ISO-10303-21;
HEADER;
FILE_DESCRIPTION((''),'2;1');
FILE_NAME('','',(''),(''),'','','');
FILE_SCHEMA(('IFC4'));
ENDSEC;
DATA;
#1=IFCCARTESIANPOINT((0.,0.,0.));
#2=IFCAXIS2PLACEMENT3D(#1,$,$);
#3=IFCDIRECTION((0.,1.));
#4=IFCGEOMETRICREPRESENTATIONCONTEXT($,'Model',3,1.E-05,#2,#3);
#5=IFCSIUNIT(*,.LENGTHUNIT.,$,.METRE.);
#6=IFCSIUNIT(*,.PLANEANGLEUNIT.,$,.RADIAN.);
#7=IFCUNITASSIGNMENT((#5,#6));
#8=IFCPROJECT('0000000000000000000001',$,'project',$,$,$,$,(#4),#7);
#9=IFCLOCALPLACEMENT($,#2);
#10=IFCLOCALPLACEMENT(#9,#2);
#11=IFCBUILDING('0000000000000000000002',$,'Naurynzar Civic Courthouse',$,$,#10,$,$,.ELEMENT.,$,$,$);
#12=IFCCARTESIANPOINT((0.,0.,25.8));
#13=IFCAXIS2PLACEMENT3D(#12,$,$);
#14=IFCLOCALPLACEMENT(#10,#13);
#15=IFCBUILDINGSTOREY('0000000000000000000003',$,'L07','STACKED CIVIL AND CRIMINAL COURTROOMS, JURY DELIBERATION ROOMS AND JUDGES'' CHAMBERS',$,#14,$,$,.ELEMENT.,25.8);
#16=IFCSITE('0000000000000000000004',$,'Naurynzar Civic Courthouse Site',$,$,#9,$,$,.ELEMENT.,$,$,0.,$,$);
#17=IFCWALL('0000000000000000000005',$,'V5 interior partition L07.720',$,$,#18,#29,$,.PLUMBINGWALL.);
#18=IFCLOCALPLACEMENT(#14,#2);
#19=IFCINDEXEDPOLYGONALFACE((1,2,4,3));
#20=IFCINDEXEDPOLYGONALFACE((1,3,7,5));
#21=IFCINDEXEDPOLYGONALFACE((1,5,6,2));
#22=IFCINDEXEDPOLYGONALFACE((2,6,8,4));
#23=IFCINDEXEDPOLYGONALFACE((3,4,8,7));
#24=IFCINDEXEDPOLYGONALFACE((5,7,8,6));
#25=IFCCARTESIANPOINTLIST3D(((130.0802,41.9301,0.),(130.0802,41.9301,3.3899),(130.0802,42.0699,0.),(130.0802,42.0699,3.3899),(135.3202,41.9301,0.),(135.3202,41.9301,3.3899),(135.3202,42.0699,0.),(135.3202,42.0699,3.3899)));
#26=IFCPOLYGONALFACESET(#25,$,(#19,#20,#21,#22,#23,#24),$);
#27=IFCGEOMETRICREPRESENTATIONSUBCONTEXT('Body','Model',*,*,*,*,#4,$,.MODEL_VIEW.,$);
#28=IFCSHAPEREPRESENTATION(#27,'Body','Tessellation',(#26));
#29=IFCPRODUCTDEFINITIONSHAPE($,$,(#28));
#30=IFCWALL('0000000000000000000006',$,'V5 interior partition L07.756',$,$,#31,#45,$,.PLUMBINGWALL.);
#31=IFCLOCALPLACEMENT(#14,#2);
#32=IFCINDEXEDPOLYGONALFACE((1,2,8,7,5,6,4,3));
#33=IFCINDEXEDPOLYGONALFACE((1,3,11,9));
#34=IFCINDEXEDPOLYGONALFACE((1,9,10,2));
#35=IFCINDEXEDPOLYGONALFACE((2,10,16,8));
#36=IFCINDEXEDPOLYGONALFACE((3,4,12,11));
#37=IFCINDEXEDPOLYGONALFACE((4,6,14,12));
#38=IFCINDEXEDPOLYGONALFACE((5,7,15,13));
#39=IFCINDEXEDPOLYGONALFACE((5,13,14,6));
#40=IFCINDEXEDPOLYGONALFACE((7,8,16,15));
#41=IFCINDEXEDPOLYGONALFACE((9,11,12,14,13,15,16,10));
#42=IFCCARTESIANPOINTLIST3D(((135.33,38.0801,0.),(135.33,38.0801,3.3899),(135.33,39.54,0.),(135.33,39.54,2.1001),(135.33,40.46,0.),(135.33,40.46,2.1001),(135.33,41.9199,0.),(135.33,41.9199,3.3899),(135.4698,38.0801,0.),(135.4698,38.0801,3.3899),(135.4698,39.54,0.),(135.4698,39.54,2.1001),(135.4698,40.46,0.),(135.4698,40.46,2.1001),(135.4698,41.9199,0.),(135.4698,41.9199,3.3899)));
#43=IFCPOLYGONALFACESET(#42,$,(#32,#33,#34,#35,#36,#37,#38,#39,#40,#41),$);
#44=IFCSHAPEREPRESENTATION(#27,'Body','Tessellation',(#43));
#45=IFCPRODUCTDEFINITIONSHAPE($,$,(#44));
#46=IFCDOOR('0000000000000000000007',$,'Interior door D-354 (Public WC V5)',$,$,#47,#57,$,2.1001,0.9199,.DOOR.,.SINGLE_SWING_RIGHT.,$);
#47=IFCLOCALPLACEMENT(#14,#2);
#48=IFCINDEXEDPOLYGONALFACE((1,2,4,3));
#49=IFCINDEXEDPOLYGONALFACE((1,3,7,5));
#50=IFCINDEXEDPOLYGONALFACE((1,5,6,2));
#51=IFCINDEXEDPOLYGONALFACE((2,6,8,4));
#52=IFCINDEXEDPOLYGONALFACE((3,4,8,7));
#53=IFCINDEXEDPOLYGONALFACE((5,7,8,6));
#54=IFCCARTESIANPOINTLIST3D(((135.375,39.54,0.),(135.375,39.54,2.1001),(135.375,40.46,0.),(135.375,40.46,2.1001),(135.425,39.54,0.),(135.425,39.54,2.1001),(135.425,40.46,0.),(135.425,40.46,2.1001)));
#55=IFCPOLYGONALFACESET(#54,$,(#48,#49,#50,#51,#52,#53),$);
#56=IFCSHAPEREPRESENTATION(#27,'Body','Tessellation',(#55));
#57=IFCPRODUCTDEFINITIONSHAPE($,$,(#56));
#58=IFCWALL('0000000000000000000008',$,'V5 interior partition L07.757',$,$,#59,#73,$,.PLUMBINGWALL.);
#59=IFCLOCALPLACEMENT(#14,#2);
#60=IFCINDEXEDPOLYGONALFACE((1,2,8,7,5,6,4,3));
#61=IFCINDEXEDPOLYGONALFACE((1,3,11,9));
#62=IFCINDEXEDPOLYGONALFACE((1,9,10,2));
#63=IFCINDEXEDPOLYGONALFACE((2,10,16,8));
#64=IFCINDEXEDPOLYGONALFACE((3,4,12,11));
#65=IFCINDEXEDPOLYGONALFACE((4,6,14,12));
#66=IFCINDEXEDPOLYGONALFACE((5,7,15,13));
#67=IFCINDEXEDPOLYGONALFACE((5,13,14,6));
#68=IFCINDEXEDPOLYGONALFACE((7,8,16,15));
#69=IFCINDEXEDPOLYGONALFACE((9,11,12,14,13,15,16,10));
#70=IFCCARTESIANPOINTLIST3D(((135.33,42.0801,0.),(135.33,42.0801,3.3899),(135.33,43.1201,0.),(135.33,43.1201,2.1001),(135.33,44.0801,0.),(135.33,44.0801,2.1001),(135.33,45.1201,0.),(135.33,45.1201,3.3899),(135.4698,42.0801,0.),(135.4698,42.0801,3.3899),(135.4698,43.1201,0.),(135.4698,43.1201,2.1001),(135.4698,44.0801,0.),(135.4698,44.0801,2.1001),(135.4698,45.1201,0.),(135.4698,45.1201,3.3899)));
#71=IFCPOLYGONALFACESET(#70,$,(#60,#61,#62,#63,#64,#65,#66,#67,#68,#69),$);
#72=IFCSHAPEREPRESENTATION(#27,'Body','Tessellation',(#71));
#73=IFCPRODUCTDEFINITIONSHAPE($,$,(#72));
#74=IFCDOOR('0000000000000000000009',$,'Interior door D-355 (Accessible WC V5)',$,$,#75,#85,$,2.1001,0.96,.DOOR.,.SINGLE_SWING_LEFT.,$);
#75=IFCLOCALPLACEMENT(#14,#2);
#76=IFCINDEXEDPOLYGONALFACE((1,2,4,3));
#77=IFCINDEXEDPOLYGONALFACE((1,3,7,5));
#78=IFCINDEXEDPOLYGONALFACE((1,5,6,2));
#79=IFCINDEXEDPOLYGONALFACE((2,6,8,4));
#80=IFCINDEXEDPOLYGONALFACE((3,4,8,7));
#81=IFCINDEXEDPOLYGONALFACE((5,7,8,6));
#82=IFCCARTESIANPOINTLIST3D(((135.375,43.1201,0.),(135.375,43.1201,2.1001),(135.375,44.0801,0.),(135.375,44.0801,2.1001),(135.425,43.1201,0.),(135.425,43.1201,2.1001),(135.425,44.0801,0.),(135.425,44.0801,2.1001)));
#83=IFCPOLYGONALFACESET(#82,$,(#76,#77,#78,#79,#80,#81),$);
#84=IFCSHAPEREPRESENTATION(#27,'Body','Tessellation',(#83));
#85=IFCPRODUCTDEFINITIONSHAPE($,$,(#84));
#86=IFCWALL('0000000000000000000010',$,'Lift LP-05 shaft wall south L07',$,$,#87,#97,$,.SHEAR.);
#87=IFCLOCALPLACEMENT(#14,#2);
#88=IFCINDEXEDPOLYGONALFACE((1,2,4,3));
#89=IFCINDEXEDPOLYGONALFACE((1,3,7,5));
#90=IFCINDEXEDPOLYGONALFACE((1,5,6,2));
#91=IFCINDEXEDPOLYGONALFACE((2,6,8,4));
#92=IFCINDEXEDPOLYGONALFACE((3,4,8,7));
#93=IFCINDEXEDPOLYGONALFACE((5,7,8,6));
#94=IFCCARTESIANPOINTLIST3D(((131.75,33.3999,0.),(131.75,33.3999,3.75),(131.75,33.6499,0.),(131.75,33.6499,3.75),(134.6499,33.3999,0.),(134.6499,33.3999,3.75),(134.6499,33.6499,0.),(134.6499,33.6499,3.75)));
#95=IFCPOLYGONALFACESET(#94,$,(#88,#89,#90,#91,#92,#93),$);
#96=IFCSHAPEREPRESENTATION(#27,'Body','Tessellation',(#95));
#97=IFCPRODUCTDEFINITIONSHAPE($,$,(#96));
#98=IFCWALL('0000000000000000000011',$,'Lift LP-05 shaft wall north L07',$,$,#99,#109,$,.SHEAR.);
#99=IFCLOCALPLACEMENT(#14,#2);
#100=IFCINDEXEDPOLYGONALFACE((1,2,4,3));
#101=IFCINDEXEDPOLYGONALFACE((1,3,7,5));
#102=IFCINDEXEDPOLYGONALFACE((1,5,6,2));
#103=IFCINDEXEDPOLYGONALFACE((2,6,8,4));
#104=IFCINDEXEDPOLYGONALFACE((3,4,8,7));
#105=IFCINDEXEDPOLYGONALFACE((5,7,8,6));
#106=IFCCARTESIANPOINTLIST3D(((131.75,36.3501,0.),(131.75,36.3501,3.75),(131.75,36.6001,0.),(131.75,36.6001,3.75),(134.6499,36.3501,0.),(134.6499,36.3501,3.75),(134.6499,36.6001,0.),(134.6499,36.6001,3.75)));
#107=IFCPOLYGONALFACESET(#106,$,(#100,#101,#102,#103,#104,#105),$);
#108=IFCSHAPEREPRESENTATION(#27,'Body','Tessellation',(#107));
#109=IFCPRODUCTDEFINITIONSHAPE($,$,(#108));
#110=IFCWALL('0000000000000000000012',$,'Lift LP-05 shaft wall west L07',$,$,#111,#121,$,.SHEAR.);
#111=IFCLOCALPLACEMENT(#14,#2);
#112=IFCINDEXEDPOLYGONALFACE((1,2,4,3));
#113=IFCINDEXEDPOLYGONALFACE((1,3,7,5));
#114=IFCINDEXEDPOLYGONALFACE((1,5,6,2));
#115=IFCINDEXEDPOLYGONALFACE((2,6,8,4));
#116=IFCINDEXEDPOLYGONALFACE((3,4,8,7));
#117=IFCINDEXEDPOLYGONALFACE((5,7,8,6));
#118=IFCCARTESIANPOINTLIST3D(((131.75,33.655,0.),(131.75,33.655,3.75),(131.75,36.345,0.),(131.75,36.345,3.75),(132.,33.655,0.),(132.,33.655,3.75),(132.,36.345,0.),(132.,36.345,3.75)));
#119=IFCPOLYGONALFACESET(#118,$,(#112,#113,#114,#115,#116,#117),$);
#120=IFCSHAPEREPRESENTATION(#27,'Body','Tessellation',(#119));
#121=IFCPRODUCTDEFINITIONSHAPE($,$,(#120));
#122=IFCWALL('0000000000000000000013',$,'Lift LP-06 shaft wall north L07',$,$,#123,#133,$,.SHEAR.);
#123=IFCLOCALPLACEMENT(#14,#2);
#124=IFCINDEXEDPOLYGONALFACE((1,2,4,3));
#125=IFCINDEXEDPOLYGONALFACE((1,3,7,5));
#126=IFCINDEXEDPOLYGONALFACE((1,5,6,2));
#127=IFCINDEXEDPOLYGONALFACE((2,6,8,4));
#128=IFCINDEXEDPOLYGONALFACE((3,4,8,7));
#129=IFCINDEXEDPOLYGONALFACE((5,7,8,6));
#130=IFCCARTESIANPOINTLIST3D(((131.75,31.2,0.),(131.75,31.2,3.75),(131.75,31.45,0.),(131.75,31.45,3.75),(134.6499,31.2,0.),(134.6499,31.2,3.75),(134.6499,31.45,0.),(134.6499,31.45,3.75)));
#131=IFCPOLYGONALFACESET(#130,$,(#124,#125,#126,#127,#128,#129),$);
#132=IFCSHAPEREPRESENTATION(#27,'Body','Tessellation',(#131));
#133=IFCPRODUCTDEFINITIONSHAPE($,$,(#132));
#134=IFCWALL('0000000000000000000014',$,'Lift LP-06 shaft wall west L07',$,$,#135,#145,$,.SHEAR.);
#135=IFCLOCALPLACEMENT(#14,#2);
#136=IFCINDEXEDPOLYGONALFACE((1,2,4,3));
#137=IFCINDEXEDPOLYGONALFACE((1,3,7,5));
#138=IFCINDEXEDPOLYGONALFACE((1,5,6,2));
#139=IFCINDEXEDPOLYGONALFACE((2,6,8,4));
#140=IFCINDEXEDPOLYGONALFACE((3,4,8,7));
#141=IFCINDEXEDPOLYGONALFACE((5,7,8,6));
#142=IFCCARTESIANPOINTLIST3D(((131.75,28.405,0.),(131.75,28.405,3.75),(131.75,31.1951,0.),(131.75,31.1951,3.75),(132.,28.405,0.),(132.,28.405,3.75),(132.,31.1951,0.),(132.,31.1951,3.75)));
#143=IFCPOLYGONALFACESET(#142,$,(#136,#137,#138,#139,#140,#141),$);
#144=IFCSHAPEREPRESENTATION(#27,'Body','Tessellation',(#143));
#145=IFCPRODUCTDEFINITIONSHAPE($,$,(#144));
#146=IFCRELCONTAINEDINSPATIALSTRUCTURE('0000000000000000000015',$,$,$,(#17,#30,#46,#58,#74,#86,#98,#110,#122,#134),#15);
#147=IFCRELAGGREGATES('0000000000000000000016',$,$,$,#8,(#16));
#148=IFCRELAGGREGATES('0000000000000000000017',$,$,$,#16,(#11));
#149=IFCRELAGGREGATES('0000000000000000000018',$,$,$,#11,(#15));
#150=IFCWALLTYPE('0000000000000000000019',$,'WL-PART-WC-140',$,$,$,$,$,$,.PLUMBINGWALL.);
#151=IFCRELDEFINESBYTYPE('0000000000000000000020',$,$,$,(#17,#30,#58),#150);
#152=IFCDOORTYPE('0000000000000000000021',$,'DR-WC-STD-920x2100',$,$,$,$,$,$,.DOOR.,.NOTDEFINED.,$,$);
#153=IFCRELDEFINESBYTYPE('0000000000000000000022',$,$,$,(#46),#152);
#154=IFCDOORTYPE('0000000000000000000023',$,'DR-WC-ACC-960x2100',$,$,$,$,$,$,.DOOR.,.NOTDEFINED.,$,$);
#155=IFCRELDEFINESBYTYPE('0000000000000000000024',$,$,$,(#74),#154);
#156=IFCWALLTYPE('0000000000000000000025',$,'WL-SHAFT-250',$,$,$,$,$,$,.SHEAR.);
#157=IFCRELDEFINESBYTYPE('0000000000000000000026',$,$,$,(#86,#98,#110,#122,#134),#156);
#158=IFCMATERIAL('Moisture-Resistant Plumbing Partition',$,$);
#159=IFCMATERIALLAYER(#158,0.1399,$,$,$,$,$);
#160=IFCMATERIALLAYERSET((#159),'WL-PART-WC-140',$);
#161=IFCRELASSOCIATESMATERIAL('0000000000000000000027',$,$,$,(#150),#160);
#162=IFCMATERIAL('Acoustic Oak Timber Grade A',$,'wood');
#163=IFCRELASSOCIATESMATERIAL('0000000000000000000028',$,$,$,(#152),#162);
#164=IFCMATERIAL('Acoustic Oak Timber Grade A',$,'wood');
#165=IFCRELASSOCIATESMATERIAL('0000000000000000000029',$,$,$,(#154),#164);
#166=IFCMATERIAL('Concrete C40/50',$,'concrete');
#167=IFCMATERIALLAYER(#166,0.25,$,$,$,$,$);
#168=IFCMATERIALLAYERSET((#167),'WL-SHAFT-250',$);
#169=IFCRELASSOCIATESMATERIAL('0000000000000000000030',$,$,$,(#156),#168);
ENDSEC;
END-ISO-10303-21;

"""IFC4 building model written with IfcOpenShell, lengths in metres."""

from ifc_helpers import new_model, si_unit, direction, frame, frame_2d, origin, place, context, subcontext, project, spatial, rectangle, extrude, material, layer, layer_set, type_object, element, fill, save


model = new_model("IFC4")

# Units and contexts
model_context = context("Model", 3, precision=1e-05, world=origin(), true_north=direction((0.0, 1.0)))
body_context = subcontext(model_context, "Body", "Model", "MODEL_VIEW")
ifc_project = project(units=[si_unit("LENGTHUNIT", "METRE"), si_unit("PLANEANGLEUNIT", "RADIAN")], contexts=[model_context])

# Site, building, storey
site_placement = place(None, origin())
site = spatial("IfcSite", under=ifc_project, at=site_placement, Name="Naurynzar Civic Courthouse Site", CompositionType="ELEMENT", RefElevation=0.0)
building_placement = place(site_placement, origin())
building = spatial("IfcBuilding", under=site, at=building_placement, Name="Naurynzar Civic Courthouse", CompositionType="ELEMENT")
storey_placement = place(building_placement, frame((0.0, 0.0, 25.8)))
storey = spatial("IfcBuildingStorey", under=building, at=storey_placement, Name="L07", Description="STACKED CIVIL AND CRIMINAL COURTROOMS, JURY DELIBERATION ROOMS AND JUDGES' CHAMBERS", CompositionType="ELEMENT", Elevation=25.8)

# Wall
ifc_material_1 = material(Name="Moisture-Resistant Plumbing Partition")
ifc_layer_1 = layer(ifc_material_1, 0.1399)
ifc_layer_set_1 = layer_set([ifc_layer_1], Name="WL-PART-WC-140")
wall_type_1 = type_object("IfcWallType", Name="WL-PART-WC-140", PredefinedType="PLUMBINGWALL", material=ifc_layer_set_1)
wall_1_placement = place(storey_placement, frame((130.0801, 42.0, 0.0), z_axis=(0.0, 0.0, 1.0), x_axis=(1.0, 0.0, 0.0)))
element("IfcWall", 1, at=wall_1_placement, inside=storey, type_object=wall_type_1, Name="V5 interior partition L07.720", PredefinedType="PLUMBINGWALL", context=body_context, shape_type="SweptSolid", body=[
    extrude(rectangle(XDim=5.24, YDim=0.1399, at=frame_2d((2.6201, 0.0))), origin(), (0.0, 0.0, 1.0), 3.3899),
])

# Walls, openings, doors
wall_2_placement = place(storey_placement, frame((135.3999, 38.0801, 0.0), z_axis=(0.0, 0.0, 1.0), x_axis=(0.0, 1.0, 0.0)))
wall_2 = element("IfcWall", 2, at=wall_2_placement, inside=storey, type_object=wall_type_1, Name="V5 interior partition L07.756", PredefinedType="PLUMBINGWALL", context=body_context, shape_type="SweptSolid", body=[
    extrude(rectangle(XDim=3.8398, YDim=0.1399, at=frame_2d((1.9199, 0.0))), origin(), (0.0, 0.0, 1.0), 3.3899),
])
opening_1_placement = place(wall_2_placement, frame((1.46, 0.0, 0.0)))
opening_1 = element("IfcOpeningElement", 3, at=opening_1_placement, cuts=wall_2, PredefinedType="OPENING", context=body_context, shape_type="SweptSolid", body=[
    extrude(rectangle(XDim=0.9199, YDim=2.1001, at=frame_2d((0.46, 1.05))), frame((0.0, 0.0798, 0.0), z_axis=(0.0, -1.0, 0.0), x_axis=(1.0, 0.0, 0.0)), (0.0, 0.0, 1.0), 0.1599),
])
ifc_material_2 = material(Name="Acoustic Oak Timber Grade A", Category="wood")
door_type_1 = type_object("IfcDoorType", Name="DR-WC-STD-920x2100", OperationType="NOTDEFINED", PredefinedType="DOOR", material=ifc_material_2)
door_1_placement = place(opening_1_placement, origin())
door_1 = element("IfcDoor", 4, at=door_1_placement, inside=storey, type_object=door_type_1, Name="Interior door D-354 (Public WC V5)", OperationType="SINGLE_SWING_RIGHT", OverallHeight=2.1001, OverallWidth=0.9199, PredefinedType="DOOR", context=body_context, shape_type="SweptSolid", body=[
    extrude(rectangle(XDim=0.9199, YDim=2.1001, at=frame_2d((0.46, 1.05))), frame((0.0, 0.0249, 0.0), z_axis=(0.0, -1.0, 0.0), x_axis=(1.0, 0.0, 0.0)), (0.0, 0.0, 1.0), 0.05),
])
fill(opening_1, door_1)
wall_3_placement = place(storey_placement, frame((135.3999, 42.0801, 0.0), z_axis=(0.0, 0.0, 1.0), x_axis=(0.0, 1.0, 0.0)))
wall_3 = element("IfcWall", 5, at=wall_3_placement, inside=storey, type_object=wall_type_1, Name="V5 interior partition L07.757", PredefinedType="PLUMBINGWALL", context=body_context, shape_type="SweptSolid", body=[
    extrude(rectangle(XDim=3.04, YDim=0.1399, at=frame_2d((1.52, 0.0))), origin(), (0.0, 0.0, 1.0), 3.3899),
])
opening_2_placement = place(wall_3_placement, frame((1.04, 0.0, 0.0)))
opening_2 = element("IfcOpeningElement", 6, at=opening_2_placement, cuts=wall_3, PredefinedType="OPENING", context=body_context, shape_type="SweptSolid", body=[
    extrude(rectangle(XDim=0.96, YDim=2.1001, at=frame_2d((0.48, 1.05))), frame((0.0, 0.0798, 0.0), z_axis=(0.0, -1.0, 0.0), x_axis=(1.0, 0.0, 0.0)), (0.0, 0.0, 1.0), 0.1599),
])
ifc_material_3 = material(Name="Acoustic Oak Timber Grade A", Category="wood")
door_type_2 = type_object("IfcDoorType", Name="DR-WC-ACC-960x2100", OperationType="NOTDEFINED", PredefinedType="DOOR", material=ifc_material_3)
door_2_placement = place(opening_2_placement, origin())
door_2 = element("IfcDoor", 7, at=door_2_placement, inside=storey, type_object=door_type_2, Name="Interior door D-355 (Accessible WC V5)", OperationType="SINGLE_SWING_LEFT", OverallHeight=2.1001, OverallWidth=0.96, PredefinedType="DOOR", context=body_context, shape_type="SweptSolid", body=[
    extrude(rectangle(XDim=0.96, YDim=2.1001, at=frame_2d((0.48, 1.05))), frame((0.0, 0.0249, 0.0), z_axis=(0.0, -1.0, 0.0), x_axis=(1.0, 0.0, 0.0)), (0.0, 0.0, 1.0), 0.05),
])
fill(opening_2, door_2)

# Walls
ifc_material_4 = material(Name="Concrete C40/50", Category="concrete")
ifc_layer_2 = layer(ifc_material_4, 0.25)
ifc_layer_set_2 = layer_set([ifc_layer_2], Name="WL-SHAFT-250")
wall_type_2 = type_object("IfcWallType", Name="WL-SHAFT-250", PredefinedType="SHEAR", material=ifc_layer_set_2)
for number, where, z_axis, x_axis, name in (
    (8, (131.75, 33.5249, 0.0), (0.0, 0.0, 1.0), (1.0, 0.0, 0.0), "Lift LP-05 shaft wall south L07"),
    (9, (134.6499, 36.4751, 0.0), (0.0, 0.0, 1.0), (-1.0, 0.0, 0.0), "Lift LP-05 shaft wall north L07"),
):
    element("IfcWall", number, at=place(storey_placement, frame(where, z_axis=z_axis, x_axis=x_axis)), inside=storey, type_object=wall_type_2, Name=name, PredefinedType="SHEAR", context=body_context, shape_type="SweptSolid", body=[
        extrude(rectangle(XDim=2.8999, YDim=0.25, at=frame_2d((1.45, 0.0))), origin(), (0.0, 0.0, 1.0), 3.75),
    ])
wall_4_placement = place(storey_placement, frame((131.875, 36.345, 0.0), z_axis=(0.0, 0.0, 1.0), x_axis=(0.0, -1.0, 0.0)))
element("IfcWall", 10, at=wall_4_placement, inside=storey, type_object=wall_type_2, Name="Lift LP-05 shaft wall west L07", PredefinedType="SHEAR", context=body_context, shape_type="SweptSolid", body=[
    extrude(rectangle(XDim=2.6899, YDim=0.25, at=frame_2d((1.345, 0.0))), origin(), (0.0, 0.0, 1.0), 3.75),
])

# Walls
wall_5_placement = place(storey_placement, frame((134.6499, 31.325, 0.0), z_axis=(0.0, 0.0, 1.0), x_axis=(-1.0, 0.0, 0.0)))
element("IfcWall", 11, at=wall_5_placement, inside=storey, type_object=wall_type_2, Name="Lift LP-06 shaft wall north L07", PredefinedType="SHEAR", context=body_context, shape_type="SweptSolid", body=[
    extrude(rectangle(XDim=2.8999, YDim=0.25, at=frame_2d((1.45, 0.0))), origin(), (0.0, 0.0, 1.0), 3.75),
])
wall_6_placement = place(storey_placement, frame((131.875, 31.1951, 0.0), z_axis=(0.0, 0.0, 1.0), x_axis=(0.0, -1.0, 0.0)))
element("IfcWall", 12, at=wall_6_placement, inside=storey, type_object=wall_type_2, Name="Lift LP-06 shaft wall west L07", PredefinedType="SHEAR", context=body_context, shape_type="SweptSolid", body=[
    extrude(rectangle(XDim=2.79, YDim=0.25, at=frame_2d((1.395, 0.0))), origin(), (0.0, 0.0, 1.0), 3.75),
])

save(model, "model.ifc")
